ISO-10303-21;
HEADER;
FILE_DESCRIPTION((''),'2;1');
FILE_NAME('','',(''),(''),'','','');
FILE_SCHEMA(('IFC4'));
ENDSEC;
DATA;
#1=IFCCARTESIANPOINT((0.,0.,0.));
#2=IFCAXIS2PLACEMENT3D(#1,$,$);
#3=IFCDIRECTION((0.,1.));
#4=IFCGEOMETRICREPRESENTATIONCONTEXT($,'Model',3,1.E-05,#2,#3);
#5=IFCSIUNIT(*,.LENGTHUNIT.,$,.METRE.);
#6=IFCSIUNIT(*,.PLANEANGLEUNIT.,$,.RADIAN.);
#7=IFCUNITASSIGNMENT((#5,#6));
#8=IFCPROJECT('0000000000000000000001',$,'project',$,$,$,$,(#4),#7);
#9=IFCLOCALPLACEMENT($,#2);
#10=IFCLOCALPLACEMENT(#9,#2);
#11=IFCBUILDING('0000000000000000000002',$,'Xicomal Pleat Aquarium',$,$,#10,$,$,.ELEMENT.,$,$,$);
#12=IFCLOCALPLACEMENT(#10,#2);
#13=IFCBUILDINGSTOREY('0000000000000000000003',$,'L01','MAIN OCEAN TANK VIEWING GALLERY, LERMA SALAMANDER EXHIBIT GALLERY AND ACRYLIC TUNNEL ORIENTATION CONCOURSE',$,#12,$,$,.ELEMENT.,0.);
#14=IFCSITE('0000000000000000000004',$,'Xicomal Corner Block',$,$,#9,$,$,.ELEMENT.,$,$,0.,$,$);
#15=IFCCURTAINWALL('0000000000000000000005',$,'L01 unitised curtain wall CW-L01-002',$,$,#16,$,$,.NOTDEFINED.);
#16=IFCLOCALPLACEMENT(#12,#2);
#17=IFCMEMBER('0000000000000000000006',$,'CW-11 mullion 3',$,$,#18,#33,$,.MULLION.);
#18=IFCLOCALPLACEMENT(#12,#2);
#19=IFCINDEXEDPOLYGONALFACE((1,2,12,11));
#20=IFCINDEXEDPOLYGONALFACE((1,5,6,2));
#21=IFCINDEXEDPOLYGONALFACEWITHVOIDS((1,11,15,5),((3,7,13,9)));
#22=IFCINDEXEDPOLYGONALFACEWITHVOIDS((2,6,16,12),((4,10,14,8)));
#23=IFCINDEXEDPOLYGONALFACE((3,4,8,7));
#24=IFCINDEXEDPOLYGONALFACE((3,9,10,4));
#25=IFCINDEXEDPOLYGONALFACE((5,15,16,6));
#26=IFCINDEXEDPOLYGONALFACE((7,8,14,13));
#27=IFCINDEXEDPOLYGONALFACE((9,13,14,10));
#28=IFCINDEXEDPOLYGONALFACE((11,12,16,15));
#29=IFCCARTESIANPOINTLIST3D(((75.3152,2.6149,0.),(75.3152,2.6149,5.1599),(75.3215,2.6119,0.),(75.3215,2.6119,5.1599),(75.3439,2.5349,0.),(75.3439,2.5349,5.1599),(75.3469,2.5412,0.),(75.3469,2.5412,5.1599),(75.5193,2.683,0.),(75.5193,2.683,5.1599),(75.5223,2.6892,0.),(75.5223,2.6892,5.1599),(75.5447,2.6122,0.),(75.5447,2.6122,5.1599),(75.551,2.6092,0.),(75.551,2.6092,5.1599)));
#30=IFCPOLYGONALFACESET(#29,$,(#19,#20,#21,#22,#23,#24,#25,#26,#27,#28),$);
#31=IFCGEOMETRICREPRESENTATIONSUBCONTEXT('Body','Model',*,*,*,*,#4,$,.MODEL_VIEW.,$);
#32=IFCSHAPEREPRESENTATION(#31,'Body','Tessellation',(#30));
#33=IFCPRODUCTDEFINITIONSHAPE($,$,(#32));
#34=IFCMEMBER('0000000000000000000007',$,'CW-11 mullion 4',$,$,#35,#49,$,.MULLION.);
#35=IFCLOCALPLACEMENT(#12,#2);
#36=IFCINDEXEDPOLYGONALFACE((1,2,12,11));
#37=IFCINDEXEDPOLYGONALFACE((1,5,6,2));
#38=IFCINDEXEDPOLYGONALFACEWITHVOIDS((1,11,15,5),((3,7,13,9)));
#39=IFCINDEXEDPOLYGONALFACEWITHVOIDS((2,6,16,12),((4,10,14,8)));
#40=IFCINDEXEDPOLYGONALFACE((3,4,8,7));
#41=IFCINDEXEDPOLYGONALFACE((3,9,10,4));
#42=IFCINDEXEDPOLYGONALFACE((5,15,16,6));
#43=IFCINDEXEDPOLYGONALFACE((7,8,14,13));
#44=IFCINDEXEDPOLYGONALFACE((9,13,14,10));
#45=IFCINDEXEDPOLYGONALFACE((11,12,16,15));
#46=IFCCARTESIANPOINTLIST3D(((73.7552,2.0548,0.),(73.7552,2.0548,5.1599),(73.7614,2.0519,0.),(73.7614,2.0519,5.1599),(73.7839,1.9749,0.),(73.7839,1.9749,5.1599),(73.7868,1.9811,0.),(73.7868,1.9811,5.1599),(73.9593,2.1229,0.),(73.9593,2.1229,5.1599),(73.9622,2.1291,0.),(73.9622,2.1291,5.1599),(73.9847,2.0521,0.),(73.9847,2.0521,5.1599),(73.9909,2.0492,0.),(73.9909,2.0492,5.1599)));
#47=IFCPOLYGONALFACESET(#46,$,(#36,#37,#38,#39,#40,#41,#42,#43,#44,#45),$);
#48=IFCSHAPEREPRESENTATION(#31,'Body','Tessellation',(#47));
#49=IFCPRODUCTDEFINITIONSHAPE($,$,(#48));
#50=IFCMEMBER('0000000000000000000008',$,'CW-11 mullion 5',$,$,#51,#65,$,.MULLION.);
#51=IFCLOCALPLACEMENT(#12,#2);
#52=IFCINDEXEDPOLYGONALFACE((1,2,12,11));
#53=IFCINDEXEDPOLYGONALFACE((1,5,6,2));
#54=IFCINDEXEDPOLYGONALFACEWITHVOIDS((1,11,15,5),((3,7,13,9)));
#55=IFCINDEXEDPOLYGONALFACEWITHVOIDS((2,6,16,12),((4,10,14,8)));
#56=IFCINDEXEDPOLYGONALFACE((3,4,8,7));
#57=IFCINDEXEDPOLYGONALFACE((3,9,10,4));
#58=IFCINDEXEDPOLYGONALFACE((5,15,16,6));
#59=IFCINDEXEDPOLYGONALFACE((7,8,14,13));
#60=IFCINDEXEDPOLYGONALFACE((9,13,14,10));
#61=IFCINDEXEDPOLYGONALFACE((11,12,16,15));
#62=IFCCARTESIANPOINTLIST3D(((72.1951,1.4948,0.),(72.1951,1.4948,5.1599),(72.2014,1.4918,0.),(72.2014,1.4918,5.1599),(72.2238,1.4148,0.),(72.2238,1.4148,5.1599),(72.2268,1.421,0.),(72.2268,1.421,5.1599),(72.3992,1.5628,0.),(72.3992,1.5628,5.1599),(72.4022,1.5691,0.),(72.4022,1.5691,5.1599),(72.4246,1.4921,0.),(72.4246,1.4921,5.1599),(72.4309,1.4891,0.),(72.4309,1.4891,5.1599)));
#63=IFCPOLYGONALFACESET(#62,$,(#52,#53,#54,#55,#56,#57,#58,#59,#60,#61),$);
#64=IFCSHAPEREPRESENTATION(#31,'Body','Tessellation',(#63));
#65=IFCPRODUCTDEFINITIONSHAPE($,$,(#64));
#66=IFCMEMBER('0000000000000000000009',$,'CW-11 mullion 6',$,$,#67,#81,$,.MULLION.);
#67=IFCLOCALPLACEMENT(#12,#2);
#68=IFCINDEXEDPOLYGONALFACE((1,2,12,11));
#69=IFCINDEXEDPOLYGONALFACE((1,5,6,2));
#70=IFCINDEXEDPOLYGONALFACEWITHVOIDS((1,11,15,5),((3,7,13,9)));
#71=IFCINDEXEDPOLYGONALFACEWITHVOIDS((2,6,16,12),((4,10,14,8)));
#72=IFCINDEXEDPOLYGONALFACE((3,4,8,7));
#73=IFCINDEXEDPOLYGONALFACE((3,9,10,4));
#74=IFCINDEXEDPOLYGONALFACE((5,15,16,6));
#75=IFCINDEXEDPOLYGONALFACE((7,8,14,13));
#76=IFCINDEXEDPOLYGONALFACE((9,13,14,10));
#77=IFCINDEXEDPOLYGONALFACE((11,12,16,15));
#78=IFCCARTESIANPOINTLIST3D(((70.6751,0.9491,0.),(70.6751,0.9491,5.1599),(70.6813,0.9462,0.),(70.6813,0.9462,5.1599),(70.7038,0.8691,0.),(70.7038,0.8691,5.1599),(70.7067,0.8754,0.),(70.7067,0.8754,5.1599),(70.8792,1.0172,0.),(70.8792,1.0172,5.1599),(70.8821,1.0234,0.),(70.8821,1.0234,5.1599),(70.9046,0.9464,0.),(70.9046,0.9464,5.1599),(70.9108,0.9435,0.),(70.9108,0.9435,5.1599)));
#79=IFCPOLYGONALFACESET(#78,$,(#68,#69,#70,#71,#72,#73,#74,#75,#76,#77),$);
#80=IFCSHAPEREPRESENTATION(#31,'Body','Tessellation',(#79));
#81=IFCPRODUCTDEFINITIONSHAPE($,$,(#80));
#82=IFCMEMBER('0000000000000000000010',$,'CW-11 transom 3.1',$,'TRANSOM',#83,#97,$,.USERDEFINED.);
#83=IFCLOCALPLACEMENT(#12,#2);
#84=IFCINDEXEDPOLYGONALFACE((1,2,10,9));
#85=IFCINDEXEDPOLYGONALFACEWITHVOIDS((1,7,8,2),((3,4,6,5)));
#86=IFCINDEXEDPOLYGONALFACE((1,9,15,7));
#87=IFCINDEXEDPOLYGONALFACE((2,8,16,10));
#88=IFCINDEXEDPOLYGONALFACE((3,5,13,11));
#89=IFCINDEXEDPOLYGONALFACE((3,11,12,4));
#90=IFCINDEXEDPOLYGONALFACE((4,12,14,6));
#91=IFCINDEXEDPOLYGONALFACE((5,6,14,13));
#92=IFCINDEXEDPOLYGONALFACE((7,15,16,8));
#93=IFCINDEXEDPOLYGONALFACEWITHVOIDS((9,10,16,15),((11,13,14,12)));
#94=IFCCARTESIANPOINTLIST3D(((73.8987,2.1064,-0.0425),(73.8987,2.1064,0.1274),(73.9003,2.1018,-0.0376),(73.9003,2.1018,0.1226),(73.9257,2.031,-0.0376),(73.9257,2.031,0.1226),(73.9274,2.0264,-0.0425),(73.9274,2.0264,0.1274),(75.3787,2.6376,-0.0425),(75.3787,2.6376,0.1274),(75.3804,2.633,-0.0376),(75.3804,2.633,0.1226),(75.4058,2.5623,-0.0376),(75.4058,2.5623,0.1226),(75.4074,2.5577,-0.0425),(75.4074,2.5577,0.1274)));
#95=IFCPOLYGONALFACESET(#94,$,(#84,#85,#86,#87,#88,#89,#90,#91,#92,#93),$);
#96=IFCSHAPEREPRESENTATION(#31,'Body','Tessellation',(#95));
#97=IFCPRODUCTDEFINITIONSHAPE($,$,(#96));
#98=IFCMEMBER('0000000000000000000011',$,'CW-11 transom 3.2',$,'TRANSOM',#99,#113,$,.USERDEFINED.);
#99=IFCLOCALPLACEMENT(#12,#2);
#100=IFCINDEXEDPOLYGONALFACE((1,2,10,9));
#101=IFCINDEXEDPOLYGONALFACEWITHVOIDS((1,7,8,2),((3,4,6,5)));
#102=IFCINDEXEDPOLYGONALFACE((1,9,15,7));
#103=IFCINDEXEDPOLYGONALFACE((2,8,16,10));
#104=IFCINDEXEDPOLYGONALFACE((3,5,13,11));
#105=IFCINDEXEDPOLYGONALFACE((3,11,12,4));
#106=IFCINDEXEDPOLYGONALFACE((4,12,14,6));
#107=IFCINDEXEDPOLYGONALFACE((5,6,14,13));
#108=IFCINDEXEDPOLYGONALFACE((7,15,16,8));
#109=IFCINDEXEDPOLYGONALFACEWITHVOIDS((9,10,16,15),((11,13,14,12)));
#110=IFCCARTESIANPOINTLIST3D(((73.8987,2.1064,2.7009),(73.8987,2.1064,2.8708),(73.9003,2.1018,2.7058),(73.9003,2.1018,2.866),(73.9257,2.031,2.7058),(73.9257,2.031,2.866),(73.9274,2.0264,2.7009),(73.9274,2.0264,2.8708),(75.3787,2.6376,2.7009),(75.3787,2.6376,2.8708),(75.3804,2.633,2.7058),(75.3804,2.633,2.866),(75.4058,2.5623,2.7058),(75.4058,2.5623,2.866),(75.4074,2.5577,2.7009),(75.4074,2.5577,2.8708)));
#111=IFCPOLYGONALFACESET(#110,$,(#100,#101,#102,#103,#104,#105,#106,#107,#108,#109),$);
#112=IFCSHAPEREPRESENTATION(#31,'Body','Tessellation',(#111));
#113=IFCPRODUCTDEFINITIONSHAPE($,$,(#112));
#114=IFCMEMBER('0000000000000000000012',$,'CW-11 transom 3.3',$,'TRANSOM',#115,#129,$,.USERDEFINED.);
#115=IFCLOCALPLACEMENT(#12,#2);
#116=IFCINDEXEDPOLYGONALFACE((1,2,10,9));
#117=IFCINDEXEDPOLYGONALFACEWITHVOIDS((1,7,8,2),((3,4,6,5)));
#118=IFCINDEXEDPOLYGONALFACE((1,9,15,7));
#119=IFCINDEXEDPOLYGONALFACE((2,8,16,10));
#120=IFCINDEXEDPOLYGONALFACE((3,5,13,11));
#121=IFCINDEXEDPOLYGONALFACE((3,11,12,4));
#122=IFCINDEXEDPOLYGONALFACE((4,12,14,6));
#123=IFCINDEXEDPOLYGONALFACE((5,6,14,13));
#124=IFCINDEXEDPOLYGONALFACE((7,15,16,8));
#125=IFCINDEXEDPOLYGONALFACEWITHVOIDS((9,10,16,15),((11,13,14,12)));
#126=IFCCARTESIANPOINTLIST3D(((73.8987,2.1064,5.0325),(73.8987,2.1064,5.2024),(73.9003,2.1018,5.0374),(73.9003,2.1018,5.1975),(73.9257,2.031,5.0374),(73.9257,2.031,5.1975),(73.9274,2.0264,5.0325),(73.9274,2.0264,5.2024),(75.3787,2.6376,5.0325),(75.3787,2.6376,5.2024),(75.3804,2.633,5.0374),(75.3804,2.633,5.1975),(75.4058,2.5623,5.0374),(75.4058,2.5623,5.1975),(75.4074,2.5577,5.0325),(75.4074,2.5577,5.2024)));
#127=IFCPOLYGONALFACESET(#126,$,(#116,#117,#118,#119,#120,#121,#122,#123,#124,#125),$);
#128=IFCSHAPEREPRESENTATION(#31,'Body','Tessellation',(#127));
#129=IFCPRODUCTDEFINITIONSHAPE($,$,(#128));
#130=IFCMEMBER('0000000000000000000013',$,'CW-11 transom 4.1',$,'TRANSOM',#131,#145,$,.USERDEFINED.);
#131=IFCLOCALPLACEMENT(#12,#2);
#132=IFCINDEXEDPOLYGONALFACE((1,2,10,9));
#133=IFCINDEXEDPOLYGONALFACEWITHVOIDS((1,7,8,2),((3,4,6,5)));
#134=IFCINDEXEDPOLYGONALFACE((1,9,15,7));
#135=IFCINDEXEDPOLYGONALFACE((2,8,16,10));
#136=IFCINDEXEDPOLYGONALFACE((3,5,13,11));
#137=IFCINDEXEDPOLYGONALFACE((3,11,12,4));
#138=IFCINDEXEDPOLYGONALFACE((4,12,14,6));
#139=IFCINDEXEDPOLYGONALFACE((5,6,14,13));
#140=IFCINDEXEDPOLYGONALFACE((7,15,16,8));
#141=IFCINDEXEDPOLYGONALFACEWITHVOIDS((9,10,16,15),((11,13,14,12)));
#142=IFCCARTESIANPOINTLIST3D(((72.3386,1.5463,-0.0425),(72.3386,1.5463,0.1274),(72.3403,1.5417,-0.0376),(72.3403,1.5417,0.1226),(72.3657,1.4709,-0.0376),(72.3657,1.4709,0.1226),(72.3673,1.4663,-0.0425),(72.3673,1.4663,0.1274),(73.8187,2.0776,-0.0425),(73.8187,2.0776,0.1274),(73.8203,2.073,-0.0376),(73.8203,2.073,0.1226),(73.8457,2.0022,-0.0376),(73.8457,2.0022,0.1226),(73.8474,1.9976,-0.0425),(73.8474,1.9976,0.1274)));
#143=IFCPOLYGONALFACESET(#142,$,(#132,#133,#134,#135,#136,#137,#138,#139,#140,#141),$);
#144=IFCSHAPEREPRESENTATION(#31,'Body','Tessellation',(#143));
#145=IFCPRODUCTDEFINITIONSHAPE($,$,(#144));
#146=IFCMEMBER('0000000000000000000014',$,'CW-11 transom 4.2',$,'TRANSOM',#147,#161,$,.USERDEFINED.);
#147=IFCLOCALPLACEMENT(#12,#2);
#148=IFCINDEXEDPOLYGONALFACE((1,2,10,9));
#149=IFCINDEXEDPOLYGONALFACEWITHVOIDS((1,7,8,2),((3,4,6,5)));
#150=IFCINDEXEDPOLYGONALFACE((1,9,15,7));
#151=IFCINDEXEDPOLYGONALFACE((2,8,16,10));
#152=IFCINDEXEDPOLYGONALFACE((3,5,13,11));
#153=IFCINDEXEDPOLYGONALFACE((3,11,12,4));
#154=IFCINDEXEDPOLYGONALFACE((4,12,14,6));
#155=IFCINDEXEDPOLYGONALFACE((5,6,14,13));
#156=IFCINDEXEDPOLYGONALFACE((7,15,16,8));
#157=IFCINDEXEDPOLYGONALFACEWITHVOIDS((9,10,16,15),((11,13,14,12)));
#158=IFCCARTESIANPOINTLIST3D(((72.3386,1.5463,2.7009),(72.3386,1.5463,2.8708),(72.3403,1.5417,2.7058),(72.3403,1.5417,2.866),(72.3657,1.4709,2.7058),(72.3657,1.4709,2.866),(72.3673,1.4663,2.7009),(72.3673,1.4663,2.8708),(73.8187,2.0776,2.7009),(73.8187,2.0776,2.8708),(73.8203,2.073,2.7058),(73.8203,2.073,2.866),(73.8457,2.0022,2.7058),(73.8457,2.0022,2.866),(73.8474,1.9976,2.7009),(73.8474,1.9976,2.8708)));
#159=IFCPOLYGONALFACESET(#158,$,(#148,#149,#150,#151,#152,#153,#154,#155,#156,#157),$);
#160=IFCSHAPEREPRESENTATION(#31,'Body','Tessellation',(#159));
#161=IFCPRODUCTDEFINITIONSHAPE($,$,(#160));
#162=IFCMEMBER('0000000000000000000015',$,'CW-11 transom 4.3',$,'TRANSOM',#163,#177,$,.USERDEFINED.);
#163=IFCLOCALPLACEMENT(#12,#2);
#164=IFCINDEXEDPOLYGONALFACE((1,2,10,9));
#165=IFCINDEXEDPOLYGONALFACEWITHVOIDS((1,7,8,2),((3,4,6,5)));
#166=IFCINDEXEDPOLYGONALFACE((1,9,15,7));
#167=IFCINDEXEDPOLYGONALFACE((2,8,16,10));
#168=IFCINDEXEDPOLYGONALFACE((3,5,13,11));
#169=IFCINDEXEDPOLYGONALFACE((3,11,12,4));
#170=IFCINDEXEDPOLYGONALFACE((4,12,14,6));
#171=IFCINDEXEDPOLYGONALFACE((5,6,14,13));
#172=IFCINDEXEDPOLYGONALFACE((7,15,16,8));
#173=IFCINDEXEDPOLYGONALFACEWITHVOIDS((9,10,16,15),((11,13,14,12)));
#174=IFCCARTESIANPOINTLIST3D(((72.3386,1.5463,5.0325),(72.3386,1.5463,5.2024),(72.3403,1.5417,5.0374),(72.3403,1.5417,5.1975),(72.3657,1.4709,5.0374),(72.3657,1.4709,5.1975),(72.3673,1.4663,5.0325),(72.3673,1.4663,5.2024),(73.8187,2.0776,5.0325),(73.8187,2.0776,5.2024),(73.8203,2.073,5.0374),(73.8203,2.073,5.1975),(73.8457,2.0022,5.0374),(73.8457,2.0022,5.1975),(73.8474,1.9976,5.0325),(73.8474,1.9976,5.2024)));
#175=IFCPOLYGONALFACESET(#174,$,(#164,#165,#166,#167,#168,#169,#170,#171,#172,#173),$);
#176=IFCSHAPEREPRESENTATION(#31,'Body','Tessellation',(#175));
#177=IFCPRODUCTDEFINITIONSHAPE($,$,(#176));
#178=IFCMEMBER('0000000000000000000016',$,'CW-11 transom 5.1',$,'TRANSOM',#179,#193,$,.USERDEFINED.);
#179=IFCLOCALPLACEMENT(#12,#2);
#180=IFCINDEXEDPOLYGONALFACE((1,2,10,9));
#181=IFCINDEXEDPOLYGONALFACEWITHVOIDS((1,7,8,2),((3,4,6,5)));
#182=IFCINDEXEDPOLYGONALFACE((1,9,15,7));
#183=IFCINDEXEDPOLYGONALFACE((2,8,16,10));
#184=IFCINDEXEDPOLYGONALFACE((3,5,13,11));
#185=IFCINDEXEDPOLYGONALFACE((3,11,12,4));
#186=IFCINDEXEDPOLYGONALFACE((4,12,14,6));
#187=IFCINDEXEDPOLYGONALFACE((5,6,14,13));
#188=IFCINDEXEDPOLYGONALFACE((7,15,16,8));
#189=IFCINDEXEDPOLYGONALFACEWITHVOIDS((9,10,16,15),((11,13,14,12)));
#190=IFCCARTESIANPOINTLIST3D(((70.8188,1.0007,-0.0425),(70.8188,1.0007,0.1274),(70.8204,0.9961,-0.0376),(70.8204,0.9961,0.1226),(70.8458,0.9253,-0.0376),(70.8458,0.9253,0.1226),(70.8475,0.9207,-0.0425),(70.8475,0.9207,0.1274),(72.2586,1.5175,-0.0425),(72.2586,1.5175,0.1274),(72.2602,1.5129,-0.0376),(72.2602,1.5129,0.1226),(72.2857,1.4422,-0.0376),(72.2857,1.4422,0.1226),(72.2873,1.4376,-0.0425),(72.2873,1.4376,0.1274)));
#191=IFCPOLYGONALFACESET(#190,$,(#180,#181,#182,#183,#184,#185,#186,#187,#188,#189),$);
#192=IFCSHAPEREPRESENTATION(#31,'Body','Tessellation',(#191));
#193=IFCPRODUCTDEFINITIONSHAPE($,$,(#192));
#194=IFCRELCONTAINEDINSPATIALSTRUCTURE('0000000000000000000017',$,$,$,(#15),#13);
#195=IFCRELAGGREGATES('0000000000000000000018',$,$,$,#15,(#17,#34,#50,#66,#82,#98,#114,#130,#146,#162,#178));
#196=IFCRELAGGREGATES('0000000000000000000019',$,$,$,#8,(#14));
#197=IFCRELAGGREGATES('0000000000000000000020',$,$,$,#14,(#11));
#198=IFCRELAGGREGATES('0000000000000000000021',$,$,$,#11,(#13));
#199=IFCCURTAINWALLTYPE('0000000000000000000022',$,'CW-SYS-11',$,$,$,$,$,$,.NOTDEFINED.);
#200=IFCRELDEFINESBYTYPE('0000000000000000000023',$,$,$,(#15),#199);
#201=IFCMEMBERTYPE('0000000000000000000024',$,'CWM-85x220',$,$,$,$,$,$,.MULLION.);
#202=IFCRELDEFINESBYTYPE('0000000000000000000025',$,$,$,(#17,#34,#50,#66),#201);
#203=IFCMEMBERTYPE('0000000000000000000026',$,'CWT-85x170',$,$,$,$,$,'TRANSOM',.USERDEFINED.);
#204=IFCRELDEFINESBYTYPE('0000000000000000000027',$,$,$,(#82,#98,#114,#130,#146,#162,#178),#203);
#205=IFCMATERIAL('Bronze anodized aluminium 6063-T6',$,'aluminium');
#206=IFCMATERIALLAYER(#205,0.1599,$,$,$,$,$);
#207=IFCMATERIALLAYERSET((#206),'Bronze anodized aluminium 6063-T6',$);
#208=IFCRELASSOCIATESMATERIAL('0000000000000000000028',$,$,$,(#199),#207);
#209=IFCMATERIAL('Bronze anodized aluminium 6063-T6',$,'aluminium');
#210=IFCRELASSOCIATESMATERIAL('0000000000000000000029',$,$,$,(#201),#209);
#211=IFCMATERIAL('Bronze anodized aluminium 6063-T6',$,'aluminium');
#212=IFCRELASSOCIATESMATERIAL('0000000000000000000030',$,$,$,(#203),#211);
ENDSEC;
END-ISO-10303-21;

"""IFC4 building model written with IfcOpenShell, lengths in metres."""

from ifc_helpers import new_model, si_unit, direction, frame, origin, origin_2d, place, context, subcontext, project, spatial, hollow_rectangle, extrude, material, layer, layer_set, material_profile, profile_set, type_object, element, aggregate, save


model = new_model("IFC4")

# Units and contexts
model_context = context("Model", 3, precision=1e-05, world=origin(), true_north=direction((0.0, 1.0)))
body_context = subcontext(model_context, "Body", "Model", "MODEL_VIEW")
ifc_project = project(units=[si_unit("LENGTHUNIT", "METRE"), si_unit("PLANEANGLEUNIT", "RADIAN")], contexts=[model_context])

# Site, building, storey
site_placement = place(None, origin())
site = spatial("IfcSite", under=ifc_project, at=site_placement, Name="Xicomal Corner Block", CompositionType="ELEMENT", RefElevation=0.0)
building_placement = place(site_placement, origin())
building = spatial("IfcBuilding", under=site, at=building_placement, Name="Xicomal Pleat Aquarium", CompositionType="ELEMENT")
storey_placement = place(building_placement, origin())
storey = spatial("IfcBuildingStorey", under=building, at=storey_placement, Name="L01", Description="MAIN OCEAN TANK VIEWING GALLERY, LERMA SALAMANDER EXHIBIT GALLERY AND ACRYLIC TUNNEL ORIENTATION CONCOURSE", CompositionType="ELEMENT", Elevation=0.0)

# Curtain wall, members
ifc_material_1 = material(Name="Bronze anodized aluminium 6063-T6", Category="aluminium")
ifc_layer_1 = layer(ifc_material_1, 0.1599)
ifc_layer_set_1 = layer_set([ifc_layer_1], Name="Bronze anodized aluminium 6063-T6")
curtain_wall_type = type_object("IfcCurtainWallType", Name="CW-SYS-11", PredefinedType="NOTDEFINED", material=ifc_layer_set_1)
curtain_wall_placement = place(storey_placement, origin())
curtain_wall = element("IfcCurtainWall", 1, at=curtain_wall_placement, inside=storey, type_object=curtain_wall_type, Name="L01 unitised curtain wall CW-L01-002", PredefinedType="NOTDEFINED")
ifc_material_2 = material(Name="Bronze anodized aluminium 6063-T6", Category="aluminium")
ifc_material_profile_1 = material_profile(ifc_material_2, hollow_rectangle(XDim=0.085, YDim=0.22, WallThickness=0.0049, at=origin_2d()), Name="ALU MULL 85x220")
ifc_profile_set_1 = profile_set([ifc_material_profile_1], Name="Bronze anodized aluminium 6063-T6")
member_type_1 = type_object("IfcMemberType", Name="CWM-85x220", PredefinedType="MULLION", material=ifc_profile_set_1)
member_1_placement = place(storey_placement, frame((75.4331, 2.6121, 0.0), z_axis=(0.0, 0.0, 1.0), x_axis=(0.337865, -0.941195, 0.0)))
member_1 = element("IfcMember", 2, at=member_1_placement, type_object=member_type_1, Name="CW-11 mullion 3", PredefinedType="MULLION", context=body_context, shape_type="SweptSolid", body=[
    extrude(hollow_rectangle(XDim=0.085, YDim=0.22, WallThickness=0.0049, at=origin_2d()), origin(), (0.0, 0.0, 1.0), 5.1599),
])
member_2_placement = place(storey_placement, frame((73.873, 2.052, 0.0), z_axis=(0.0, 0.0, 1.0), x_axis=(0.337865, -0.941195, 0.0)))
member_2 = element("IfcMember", 3, at=member_2_placement, type_object=member_type_1, Name="CW-11 mullion 4", PredefinedType="MULLION", context=body_context, shape_type="SweptSolid", body=[
    extrude(hollow_rectangle(XDim=0.085, YDim=0.22, WallThickness=0.0049, at=origin_2d()), origin(), (0.0, 0.0, 1.0), 5.1599),
])
member_3_placement = place(storey_placement, frame((72.313, 1.4919, 0.0), z_axis=(0.0, 0.0, 1.0), x_axis=(0.337865, -0.941195, 0.0)))
member_3 = element("IfcMember", 4, at=member_3_placement, type_object=member_type_1, Name="CW-11 mullion 5", PredefinedType="MULLION", context=body_context, shape_type="SweptSolid", body=[
    extrude(hollow_rectangle(XDim=0.085, YDim=0.22, WallThickness=0.0049, at=origin_2d()), origin(), (0.0, 0.0, 1.0), 5.1599),
])
member_4_placement = place(storey_placement, frame((70.793, 0.9463, 0.0), z_axis=(0.0, 0.0, 1.0), x_axis=(0.337865, -0.941195, 0.0)))
member_4 = element("IfcMember", 5, at=member_4_placement, type_object=member_type_1, Name="CW-11 mullion 6", PredefinedType="MULLION", context=body_context, shape_type="SweptSolid", body=[
    extrude(hollow_rectangle(XDim=0.085, YDim=0.22, WallThickness=0.0049, at=origin_2d()), origin(), (0.0, 0.0, 1.0), 5.1599),
])
ifc_material_3 = material(Name="Bronze anodized aluminium 6063-T6", Category="aluminium")
ifc_material_profile_2 = material_profile(ifc_material_3, hollow_rectangle(XDim=0.085, YDim=0.1699, WallThickness=0.0049, at=origin_2d()), Name="ALU TRAN 85x170")
ifc_profile_set_2 = profile_set([ifc_material_profile_2], Name="Bronze anodized aluminium 6063-T6")
member_type_2 = type_object("IfcMemberType", Name="CWT-85x170", ElementType="TRANSOM", PredefinedType="USERDEFINED", material=ifc_profile_set_2)
member_5_placement = place(storey_placement, frame((75.3931, 2.5977, 0.0425), z_axis=(-0.9412, -0.337851, 0.0), x_axis=(0.337851, -0.9412, 0.0)))
member_5 = element("IfcMember", 6, at=member_5_placement, type_object=member_type_2, Name="CW-11 transom 3.1", ObjectType="TRANSOM", PredefinedType="USERDEFINED", context=body_context, shape_type="SweptSolid", body=[
    extrude(hollow_rectangle(XDim=0.085, YDim=0.1699, WallThickness=0.0049, at=origin_2d()), origin(), (0.0, 0.0, 1.0), 1.5725),
])
member_6_placement = place(storey_placement, frame((75.3931, 2.5977, 2.7859), z_axis=(-0.9412, -0.337851, 0.0), x_axis=(0.337851, -0.9412, 0.0)))
member_6 = element("IfcMember", 7, at=member_6_placement, type_object=member_type_2, Name="CW-11 transom 3.2", ObjectType="TRANSOM", PredefinedType="USERDEFINED", context=body_context, shape_type="SweptSolid", body=[
    extrude(hollow_rectangle(XDim=0.085, YDim=0.1699, WallThickness=0.0049, at=origin_2d()), origin(), (0.0, 0.0, 1.0), 1.5725),
])
member_7_placement = place(storey_placement, frame((75.3931, 2.5977, 5.1174), z_axis=(-0.9412, -0.337851, 0.0), x_axis=(0.337851, -0.9412, 0.0)))
member_7 = element("IfcMember", 8, at=member_7_placement, type_object=member_type_2, Name="CW-11 transom 3.3", ObjectType="TRANSOM", PredefinedType="USERDEFINED", context=body_context, shape_type="SweptSolid", body=[
    extrude(hollow_rectangle(XDim=0.085, YDim=0.1699, WallThickness=0.0049, at=origin_2d()), origin(), (0.0, 0.0, 1.0), 1.5725),
])
member_8_placement = place(storey_placement, frame((73.833, 2.0376, 0.0425), z_axis=(-0.9412, -0.337851, 0.0), x_axis=(0.337851, -0.9412, 0.0)))
member_8 = element("IfcMember", 9, at=member_8_placement, type_object=member_type_2, Name="CW-11 transom 4.1", ObjectType="TRANSOM", PredefinedType="USERDEFINED", context=body_context, shape_type="SweptSolid", body=[
    extrude(hollow_rectangle(XDim=0.085, YDim=0.1699, WallThickness=0.0049, at=origin_2d()), origin(), (0.0, 0.0, 1.0), 1.5725),
])
member_9_placement = place(storey_placement, frame((73.833, 2.0376, 2.7859), z_axis=(-0.9412, -0.337851, 0.0), x_axis=(0.337851, -0.9412, 0.0)))
member_9 = element("IfcMember", 10, at=member_9_placement, type_object=member_type_2, Name="CW-11 transom 4.2", ObjectType="TRANSOM", PredefinedType="USERDEFINED", context=body_context, shape_type="SweptSolid", body=[
    extrude(hollow_rectangle(XDim=0.085, YDim=0.1699, WallThickness=0.0049, at=origin_2d()), origin(), (0.0, 0.0, 1.0), 1.5725),
])
member_10_placement = place(storey_placement, frame((73.833, 2.0376, 5.1174), z_axis=(-0.9412, -0.337851, 0.0), x_axis=(0.337851, -0.9412, 0.0)))
member_10 = element("IfcMember", 11, at=member_10_placement, type_object=member_type_2, Name="CW-11 transom 4.3", ObjectType="TRANSOM", PredefinedType="USERDEFINED", context=body_context, shape_type="SweptSolid", body=[
    extrude(hollow_rectangle(XDim=0.085, YDim=0.1699, WallThickness=0.0049, at=origin_2d()), origin(), (0.0, 0.0, 1.0), 1.5725),
])
member_11_placement = place(storey_placement, frame((72.2729, 1.4775, 0.0425), z_axis=(-0.941206, -0.337832, 0.0), x_axis=(0.337832, -0.941206, 0.0)))
member_11 = element("IfcMember", 12, at=member_11_placement, type_object=member_type_2, Name="CW-11 transom 5.1", ObjectType="TRANSOM", PredefinedType="USERDEFINED", context=body_context, shape_type="SweptSolid", body=[
    extrude(hollow_rectangle(XDim=0.085, YDim=0.1699, WallThickness=0.0049, at=origin_2d()), origin(), (0.0, 0.0, 1.0), 1.5298),
])
aggregate(curtain_wall, [member_1, member_2, member_3, member_4, member_5, member_6, member_7, member_8, member_9, member_10, member_11])

save(model, "model.ifc")
